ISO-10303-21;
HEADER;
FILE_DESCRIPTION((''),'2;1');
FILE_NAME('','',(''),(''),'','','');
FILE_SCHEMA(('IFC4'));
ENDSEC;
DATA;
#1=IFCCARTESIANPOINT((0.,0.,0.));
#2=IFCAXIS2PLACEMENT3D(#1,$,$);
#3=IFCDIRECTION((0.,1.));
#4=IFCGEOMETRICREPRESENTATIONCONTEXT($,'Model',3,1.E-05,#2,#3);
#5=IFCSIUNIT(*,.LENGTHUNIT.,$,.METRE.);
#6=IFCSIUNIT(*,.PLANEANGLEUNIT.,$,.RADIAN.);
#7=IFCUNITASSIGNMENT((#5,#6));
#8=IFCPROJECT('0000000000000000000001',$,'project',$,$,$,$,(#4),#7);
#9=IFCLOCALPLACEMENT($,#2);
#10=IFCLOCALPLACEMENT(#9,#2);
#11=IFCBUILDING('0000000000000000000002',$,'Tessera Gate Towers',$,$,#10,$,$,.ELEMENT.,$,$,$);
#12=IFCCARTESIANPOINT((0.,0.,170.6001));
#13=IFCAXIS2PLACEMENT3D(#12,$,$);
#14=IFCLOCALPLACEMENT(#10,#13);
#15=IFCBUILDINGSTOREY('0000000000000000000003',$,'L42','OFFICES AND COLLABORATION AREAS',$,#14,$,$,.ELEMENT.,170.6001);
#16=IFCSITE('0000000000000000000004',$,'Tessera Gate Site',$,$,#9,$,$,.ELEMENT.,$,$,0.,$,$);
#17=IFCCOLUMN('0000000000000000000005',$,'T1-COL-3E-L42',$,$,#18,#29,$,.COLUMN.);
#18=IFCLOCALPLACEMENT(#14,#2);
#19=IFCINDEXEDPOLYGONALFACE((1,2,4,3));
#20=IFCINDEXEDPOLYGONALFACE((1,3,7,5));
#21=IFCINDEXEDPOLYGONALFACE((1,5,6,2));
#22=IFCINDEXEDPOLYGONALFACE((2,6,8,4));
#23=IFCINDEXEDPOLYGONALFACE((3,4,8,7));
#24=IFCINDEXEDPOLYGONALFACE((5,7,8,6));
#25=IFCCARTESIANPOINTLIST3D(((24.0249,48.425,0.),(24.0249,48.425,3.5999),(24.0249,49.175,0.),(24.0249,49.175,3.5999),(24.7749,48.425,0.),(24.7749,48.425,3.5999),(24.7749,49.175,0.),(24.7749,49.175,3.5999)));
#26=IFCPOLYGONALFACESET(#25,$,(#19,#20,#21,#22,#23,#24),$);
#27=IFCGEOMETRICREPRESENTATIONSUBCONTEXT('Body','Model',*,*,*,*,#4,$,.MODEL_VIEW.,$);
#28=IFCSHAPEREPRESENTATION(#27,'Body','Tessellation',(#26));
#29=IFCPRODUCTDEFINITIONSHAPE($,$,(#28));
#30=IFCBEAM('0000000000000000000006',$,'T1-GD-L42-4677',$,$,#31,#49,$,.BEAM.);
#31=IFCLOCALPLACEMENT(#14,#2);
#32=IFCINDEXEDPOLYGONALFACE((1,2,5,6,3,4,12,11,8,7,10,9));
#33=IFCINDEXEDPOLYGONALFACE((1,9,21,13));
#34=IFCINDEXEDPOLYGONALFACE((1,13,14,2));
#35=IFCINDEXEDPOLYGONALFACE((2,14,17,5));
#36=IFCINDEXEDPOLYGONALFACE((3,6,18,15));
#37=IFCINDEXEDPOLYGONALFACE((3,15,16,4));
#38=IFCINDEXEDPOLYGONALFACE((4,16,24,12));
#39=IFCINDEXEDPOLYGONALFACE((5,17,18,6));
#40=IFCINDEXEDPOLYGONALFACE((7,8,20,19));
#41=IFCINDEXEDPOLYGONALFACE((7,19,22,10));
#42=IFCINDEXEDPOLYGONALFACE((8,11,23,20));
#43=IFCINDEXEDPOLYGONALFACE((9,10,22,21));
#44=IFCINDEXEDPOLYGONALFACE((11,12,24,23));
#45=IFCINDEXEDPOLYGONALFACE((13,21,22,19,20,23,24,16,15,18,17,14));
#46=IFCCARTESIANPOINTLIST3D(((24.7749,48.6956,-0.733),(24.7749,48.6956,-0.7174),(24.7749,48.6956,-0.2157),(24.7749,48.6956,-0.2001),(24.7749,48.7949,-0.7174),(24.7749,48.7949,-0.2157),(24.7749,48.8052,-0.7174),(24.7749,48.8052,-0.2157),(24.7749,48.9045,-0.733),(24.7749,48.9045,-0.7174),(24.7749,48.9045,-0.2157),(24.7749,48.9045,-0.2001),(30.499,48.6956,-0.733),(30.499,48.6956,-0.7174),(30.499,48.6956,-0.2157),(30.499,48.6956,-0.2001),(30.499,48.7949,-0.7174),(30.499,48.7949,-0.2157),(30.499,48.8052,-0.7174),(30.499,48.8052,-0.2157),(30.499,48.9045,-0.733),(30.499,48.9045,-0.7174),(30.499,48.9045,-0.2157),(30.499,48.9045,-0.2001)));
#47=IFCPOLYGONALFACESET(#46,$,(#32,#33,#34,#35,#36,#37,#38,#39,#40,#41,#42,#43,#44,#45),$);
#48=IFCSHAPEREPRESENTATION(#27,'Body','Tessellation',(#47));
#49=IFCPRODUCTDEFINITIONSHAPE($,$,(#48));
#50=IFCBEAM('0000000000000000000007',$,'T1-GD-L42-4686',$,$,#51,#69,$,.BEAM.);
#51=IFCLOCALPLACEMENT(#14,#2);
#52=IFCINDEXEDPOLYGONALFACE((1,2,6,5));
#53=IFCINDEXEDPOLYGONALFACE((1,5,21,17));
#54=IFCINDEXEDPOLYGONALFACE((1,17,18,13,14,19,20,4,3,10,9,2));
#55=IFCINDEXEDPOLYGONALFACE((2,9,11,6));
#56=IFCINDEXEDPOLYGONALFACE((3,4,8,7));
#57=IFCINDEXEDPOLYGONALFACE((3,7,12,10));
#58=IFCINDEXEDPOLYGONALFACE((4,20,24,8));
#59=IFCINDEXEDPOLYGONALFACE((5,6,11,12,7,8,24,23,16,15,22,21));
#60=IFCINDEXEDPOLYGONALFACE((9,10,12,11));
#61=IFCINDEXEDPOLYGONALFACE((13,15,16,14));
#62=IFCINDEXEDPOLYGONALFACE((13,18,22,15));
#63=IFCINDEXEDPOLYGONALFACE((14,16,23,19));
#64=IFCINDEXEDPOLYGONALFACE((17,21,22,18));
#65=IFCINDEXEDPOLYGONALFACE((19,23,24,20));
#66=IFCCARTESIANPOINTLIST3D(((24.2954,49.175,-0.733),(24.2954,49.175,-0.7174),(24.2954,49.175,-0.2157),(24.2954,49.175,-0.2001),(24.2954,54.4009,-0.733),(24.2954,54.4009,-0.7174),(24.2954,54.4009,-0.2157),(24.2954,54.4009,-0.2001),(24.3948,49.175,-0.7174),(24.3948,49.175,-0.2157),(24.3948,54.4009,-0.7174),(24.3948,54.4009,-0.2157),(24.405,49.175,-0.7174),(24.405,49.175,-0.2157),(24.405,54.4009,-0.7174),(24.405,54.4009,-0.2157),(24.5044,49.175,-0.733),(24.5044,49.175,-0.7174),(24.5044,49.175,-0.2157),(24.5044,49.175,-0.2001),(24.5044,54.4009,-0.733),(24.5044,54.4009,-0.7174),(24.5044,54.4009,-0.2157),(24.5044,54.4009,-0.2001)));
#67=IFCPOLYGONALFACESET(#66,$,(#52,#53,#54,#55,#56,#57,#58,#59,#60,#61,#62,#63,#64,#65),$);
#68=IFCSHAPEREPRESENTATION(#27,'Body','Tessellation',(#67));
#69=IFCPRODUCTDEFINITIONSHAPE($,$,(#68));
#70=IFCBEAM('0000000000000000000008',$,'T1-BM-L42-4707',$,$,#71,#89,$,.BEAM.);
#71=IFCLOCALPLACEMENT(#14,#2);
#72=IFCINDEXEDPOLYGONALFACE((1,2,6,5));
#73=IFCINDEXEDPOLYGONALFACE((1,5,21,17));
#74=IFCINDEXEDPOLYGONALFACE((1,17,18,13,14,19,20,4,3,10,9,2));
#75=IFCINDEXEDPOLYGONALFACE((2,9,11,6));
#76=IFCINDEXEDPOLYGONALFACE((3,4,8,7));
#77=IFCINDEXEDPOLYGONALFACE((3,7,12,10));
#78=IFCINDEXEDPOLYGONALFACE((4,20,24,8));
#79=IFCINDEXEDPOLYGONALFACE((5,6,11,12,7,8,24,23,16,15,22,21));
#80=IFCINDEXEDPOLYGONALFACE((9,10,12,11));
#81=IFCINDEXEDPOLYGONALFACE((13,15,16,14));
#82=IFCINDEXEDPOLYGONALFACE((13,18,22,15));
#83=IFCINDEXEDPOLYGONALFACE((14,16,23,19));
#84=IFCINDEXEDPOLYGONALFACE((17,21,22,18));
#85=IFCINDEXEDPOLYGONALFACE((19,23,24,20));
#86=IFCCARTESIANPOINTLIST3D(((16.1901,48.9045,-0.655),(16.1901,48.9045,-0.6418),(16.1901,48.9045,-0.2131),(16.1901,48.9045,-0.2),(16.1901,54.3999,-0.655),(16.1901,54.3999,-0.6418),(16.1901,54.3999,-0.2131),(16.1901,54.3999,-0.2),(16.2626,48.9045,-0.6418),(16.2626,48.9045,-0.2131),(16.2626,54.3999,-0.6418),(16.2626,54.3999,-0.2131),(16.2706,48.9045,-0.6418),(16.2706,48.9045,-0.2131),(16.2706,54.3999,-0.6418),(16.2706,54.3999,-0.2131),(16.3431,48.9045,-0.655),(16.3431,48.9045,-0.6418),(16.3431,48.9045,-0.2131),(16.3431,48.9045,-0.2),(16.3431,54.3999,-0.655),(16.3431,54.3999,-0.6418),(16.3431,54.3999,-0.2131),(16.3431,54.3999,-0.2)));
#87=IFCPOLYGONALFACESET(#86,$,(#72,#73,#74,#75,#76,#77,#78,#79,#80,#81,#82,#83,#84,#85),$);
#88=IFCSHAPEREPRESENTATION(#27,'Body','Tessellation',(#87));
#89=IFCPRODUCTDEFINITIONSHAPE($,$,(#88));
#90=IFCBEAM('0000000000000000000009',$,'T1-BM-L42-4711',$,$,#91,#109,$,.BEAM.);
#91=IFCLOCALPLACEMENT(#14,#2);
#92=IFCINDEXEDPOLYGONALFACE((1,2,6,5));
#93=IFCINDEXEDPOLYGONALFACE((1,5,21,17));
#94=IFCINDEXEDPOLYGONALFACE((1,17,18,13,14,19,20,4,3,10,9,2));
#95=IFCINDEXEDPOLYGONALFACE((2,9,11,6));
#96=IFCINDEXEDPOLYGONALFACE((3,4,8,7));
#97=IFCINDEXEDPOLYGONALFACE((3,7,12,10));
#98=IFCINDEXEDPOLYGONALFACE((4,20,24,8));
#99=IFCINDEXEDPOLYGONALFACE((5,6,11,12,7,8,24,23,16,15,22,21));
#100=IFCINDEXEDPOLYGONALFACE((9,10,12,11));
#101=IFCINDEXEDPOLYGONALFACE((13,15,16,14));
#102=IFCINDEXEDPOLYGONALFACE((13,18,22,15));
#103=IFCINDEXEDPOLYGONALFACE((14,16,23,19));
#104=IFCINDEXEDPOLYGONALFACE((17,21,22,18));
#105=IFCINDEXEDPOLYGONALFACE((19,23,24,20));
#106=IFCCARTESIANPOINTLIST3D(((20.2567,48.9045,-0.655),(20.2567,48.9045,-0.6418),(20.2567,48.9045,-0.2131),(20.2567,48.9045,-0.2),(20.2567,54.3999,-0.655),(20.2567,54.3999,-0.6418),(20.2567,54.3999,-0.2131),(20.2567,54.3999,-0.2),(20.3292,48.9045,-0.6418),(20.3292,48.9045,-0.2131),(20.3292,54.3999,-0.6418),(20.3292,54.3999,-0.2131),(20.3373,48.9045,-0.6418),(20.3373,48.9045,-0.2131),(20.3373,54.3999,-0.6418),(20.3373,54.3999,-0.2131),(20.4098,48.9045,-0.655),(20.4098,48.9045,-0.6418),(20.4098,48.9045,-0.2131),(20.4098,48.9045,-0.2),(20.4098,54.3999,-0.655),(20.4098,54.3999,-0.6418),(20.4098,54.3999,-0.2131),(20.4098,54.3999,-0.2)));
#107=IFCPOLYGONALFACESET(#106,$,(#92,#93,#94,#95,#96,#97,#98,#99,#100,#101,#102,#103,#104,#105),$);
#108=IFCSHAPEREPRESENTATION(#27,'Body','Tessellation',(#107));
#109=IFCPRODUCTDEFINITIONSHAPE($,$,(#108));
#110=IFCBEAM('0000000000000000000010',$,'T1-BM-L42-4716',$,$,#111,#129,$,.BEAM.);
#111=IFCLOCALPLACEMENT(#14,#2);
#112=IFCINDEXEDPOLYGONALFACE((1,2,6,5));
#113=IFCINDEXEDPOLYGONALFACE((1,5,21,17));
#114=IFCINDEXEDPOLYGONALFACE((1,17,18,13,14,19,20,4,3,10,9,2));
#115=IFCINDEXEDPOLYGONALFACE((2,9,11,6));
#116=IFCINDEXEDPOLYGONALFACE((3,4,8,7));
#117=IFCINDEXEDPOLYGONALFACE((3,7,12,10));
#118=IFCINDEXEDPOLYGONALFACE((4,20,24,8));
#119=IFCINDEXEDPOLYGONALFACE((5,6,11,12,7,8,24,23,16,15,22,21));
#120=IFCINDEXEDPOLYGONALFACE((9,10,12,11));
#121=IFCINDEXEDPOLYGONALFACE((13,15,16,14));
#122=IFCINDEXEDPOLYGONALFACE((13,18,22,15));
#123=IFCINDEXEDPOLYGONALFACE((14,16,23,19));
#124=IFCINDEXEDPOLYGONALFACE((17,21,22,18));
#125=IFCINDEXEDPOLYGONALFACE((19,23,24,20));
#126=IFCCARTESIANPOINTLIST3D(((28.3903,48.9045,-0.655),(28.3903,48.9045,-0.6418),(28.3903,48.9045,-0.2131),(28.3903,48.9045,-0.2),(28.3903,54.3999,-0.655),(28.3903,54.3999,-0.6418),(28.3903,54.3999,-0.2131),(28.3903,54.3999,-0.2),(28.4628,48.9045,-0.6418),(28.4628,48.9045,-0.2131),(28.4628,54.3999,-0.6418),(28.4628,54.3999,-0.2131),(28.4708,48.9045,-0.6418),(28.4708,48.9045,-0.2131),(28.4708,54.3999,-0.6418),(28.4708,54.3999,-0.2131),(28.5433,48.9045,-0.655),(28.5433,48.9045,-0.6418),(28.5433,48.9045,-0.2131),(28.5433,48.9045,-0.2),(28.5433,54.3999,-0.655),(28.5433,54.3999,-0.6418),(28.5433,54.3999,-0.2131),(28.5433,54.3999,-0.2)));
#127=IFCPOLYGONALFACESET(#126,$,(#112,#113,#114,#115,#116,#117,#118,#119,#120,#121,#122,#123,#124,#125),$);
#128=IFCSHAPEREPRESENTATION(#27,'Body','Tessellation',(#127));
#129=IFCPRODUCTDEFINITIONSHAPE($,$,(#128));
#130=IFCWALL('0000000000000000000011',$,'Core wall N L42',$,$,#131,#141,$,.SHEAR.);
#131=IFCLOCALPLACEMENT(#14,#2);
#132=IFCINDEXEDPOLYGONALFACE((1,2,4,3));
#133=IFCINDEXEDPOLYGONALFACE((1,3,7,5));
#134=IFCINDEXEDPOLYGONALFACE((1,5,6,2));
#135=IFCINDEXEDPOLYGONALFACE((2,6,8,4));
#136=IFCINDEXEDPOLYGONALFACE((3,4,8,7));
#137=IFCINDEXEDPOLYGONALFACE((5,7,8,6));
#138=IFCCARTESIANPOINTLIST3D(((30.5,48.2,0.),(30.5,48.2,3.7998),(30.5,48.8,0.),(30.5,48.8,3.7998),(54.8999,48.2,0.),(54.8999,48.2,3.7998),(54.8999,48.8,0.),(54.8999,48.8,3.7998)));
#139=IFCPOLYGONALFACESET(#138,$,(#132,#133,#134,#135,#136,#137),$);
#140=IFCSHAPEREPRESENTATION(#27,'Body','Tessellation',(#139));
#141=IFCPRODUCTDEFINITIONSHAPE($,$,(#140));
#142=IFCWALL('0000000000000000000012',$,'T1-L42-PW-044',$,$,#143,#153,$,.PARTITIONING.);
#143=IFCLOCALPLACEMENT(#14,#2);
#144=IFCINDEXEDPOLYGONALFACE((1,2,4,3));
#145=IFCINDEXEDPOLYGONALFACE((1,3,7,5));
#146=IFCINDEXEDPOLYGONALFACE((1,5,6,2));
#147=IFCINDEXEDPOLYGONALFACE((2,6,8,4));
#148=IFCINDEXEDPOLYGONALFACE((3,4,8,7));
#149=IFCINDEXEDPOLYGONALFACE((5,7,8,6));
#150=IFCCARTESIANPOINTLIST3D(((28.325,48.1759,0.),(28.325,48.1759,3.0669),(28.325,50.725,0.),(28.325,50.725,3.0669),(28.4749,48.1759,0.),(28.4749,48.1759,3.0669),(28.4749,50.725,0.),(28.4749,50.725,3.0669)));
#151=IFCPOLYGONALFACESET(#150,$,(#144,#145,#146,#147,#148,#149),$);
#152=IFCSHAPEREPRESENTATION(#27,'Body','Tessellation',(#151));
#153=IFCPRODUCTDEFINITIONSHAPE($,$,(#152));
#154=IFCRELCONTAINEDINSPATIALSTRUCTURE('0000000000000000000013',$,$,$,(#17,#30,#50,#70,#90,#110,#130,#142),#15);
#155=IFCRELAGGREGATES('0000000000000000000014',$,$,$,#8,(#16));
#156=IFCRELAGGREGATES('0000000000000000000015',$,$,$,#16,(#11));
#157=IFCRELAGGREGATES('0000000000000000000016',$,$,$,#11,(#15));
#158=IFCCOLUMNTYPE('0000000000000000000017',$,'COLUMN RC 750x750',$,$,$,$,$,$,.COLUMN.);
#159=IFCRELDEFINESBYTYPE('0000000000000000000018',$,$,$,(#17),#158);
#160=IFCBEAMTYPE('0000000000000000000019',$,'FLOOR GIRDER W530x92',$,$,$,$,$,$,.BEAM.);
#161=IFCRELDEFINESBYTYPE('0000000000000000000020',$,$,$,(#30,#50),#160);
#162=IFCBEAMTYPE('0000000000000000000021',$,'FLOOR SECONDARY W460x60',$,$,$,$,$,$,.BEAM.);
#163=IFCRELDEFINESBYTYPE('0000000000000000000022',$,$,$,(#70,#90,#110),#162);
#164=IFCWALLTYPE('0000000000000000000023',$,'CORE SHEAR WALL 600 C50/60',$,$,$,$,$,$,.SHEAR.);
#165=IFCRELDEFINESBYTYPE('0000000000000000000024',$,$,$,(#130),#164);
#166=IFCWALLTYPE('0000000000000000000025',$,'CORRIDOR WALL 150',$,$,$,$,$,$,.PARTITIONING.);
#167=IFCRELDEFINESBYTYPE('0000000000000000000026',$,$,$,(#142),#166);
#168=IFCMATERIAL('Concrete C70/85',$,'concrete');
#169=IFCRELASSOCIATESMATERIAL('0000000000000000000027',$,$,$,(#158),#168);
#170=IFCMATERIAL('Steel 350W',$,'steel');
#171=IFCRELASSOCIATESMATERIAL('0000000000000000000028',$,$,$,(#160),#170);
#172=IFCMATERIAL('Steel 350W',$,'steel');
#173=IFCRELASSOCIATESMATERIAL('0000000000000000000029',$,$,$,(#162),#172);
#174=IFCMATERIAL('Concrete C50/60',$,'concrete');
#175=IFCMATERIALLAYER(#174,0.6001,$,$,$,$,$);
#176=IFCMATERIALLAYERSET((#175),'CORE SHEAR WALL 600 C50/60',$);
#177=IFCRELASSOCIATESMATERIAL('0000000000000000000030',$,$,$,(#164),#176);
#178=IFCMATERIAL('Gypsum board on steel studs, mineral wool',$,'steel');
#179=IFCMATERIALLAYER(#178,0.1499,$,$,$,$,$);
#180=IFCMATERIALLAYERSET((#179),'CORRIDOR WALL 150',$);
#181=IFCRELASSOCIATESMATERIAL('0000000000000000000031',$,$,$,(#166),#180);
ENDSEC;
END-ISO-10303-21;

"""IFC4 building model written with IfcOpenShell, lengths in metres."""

from ifc_helpers import new_model, si_unit, direction, frame, frame_2d, origin, origin_2d, place, context, subcontext, project, spatial, rectangle, i_section, extrude, material, layer, layer_set, material_profile, profile_set, type_object, element, save


model = new_model("IFC4")

# Units and contexts
model_context = context("Model", 3, precision=1e-05, world=origin(), true_north=direction((0.0, 1.0)))
body_context = subcontext(model_context, "Body", "Model", "MODEL_VIEW")
ifc_project = project(units=[si_unit("LENGTHUNIT", "METRE"), si_unit("PLANEANGLEUNIT", "RADIAN")], contexts=[model_context])

# Site, building, storey
site_placement = place(None, origin())
site = spatial("IfcSite", under=ifc_project, at=site_placement, Name="Tessera Gate Site", CompositionType="ELEMENT", RefElevation=0.0)
building_placement = place(site_placement, origin())
building = spatial("IfcBuilding", under=site, at=building_placement, Name="Tessera Gate Towers", CompositionType="ELEMENT")
storey_placement = place(building_placement, frame((0.0, 0.0, 170.6001)))
storey = spatial("IfcBuildingStorey", under=building, at=storey_placement, Name="L42", Description="OFFICES AND COLLABORATION AREAS", CompositionType="ELEMENT", Elevation=170.6001)

# Column
ifc_material_1 = material(Name="Concrete C70/85", Category="concrete")
ifc_material_profile_1 = material_profile(ifc_material_1, rectangle(XDim=0.75, YDim=0.75, at=origin_2d()), Name="RC 750x750")
ifc_profile_set_1 = profile_set([ifc_material_profile_1], Name="Concrete C70/85")
column_type = type_object("IfcColumnType", Name="COLUMN RC 750x750", PredefinedType="COLUMN", material=ifc_profile_set_1)
column_placement = place(storey_placement, frame((24.3999, 48.8, 0.0), z_axis=(0.0, 0.0, 1.0), x_axis=(1.0, 0.0, 0.0)))
element("IfcColumn", 1, at=column_placement, inside=storey, type_object=column_type, Name="T1-COL-3E-L42", PredefinedType="COLUMN", context=body_context, shape_type="SweptSolid", body=[
    extrude(rectangle(XDim=0.75, YDim=0.75, at=origin_2d()), origin(), (0.0, 0.0, 1.0), 3.5999),
])

# Beams
ifc_material_2 = material(Name="Steel 350W", Category="steel")
ifc_material_profile_2 = material_profile(ifc_material_2, i_section(OverallWidth=0.209, OverallDepth=0.533, WebThickness=0.0103, FlangeThickness=0.0156, at=origin_2d()), Name="W530x92")
ifc_profile_set_2 = profile_set([ifc_material_profile_2], Name="Steel 350W")
beam_type_1 = type_object("IfcBeamType", Name="FLOOR GIRDER W530x92", PredefinedType="BEAM", material=ifc_profile_set_2)
beam_1_placement = place(storey_placement, frame((24.7749, 48.8, -0.4666), z_axis=(1.0, 0.0, 0.0), x_axis=(0.0, 1.0, 0.0)))
element("IfcBeam", 2, at=beam_1_placement, inside=storey, type_object=beam_type_1, Name="T1-GD-L42-4677", PredefinedType="BEAM", context=body_context, shape_type="SweptSolid", body=[
    extrude(i_section(OverallWidth=0.209, OverallDepth=0.533, WebThickness=0.0103, FlangeThickness=0.0156, at=origin_2d()), origin(), (0.0, 0.0, 1.0), 5.7241),
])
beam_2_placement = place(storey_placement, frame((24.3999, 49.175, -0.4666), z_axis=(0.0, 1.0, 0.0), x_axis=(-1.0, 0.0, 0.0)))
element("IfcBeam", 3, at=beam_2_placement, inside=storey, type_object=beam_type_1, Name="T1-GD-L42-4686", PredefinedType="BEAM", context=body_context, shape_type="SweptSolid", body=[
    extrude(i_section(OverallWidth=0.209, OverallDepth=0.533, WebThickness=0.0103, FlangeThickness=0.0156, at=origin_2d()), origin(), (0.0, 0.0, 1.0), 5.2258),
])
ifc_material_3 = material(Name="Steel 350W", Category="steel")
ifc_material_profile_3 = material_profile(ifc_material_3, i_section(OverallWidth=0.1531, OverallDepth=0.4551, WebThickness=0.0081, FlangeThickness=0.0132, at=origin_2d()), Name="W460x60")
ifc_profile_set_3 = profile_set([ifc_material_profile_3], Name="Steel 350W")
beam_type_2 = type_object("IfcBeamType", Name="FLOOR SECONDARY W460x60", PredefinedType="BEAM", material=ifc_profile_set_3)
for number, where, z_axis, x_axis, name in (
    (4, (16.2666, 48.9045, -0.4275), (0.0, 1.0, 0.0), (-1.0, 0.0, 0.0), "T1-BM-L42-4707"),
    (5, (20.3333, 48.9045, -0.4275), (0.0, 1.0, 0.0), (-1.0, 0.0, 0.0), "T1-BM-L42-4711"),
    (6, (28.4668, 48.9045, -0.4275), (0.0, 1.0, 0.0), (-1.0, 0.0, 0.0), "T1-BM-L42-4716"),
):
    element("IfcBeam", number, at=place(storey_placement, frame(where, z_axis=z_axis, x_axis=x_axis)), inside=storey, type_object=beam_type_2, Name=name, PredefinedType="BEAM", context=body_context, shape_type="SweptSolid", body=[
        extrude(i_section(OverallWidth=0.1531, OverallDepth=0.4551, WebThickness=0.0081, FlangeThickness=0.0132, at=origin_2d()), origin(), (0.0, 0.0, 1.0), 5.4954),
    ])

# Walls
ifc_material_4 = material(Name="Concrete C50/60", Category="concrete")
ifc_layer_1 = layer(ifc_material_4, 0.6001)
ifc_layer_set_1 = layer_set([ifc_layer_1], Name="CORE SHEAR WALL 600 C50/60")
wall_type_1 = type_object("IfcWallType", Name="CORE SHEAR WALL 600 C50/60", PredefinedType="SHEAR", material=ifc_layer_set_1)
wall_1_placement = place(storey_placement, frame((30.5, 48.5, 0.0), z_axis=(0.0, 0.0, 1.0), x_axis=(1.0, 0.0, 0.0)))
element("IfcWall", 7, at=wall_1_placement, inside=storey, type_object=wall_type_1, Name="Core wall N L42", PredefinedType="SHEAR", context=body_context, shape_type="SweptSolid", body=[
    extrude(rectangle(XDim=24.3999, YDim=0.6001, at=frame_2d((12.2, 0.0))), origin(), (0.0, 0.0, 1.0), 3.7998),
])
ifc_material_5 = material(Name="Gypsum board on steel studs, mineral wool", Category="steel")
ifc_layer_2 = layer(ifc_material_5, 0.1499)
ifc_layer_set_2 = layer_set([ifc_layer_2], Name="CORRIDOR WALL 150")
wall_type_2 = type_object("IfcWallType", Name="CORRIDOR WALL 150", PredefinedType="PARTITIONING", material=ifc_layer_set_2)
wall_2_placement = place(storey_placement, frame((28.3999, 48.176, 0.0), z_axis=(0.0, 0.0, 1.0), x_axis=(0.0, 1.0, 0.0)))
element("IfcWall", 8, at=wall_2_placement, inside=storey, type_object=wall_type_2, Name="T1-L42-PW-044", PredefinedType="PARTITIONING", context=body_context, shape_type="SweptSolid", body=[
    extrude(rectangle(XDim=2.5491, YDim=0.1499, at=frame_2d((1.2744, 0.0))), origin(), (0.0, 0.0, 1.0), 3.0669),
])

save(model, "model.ifc")
